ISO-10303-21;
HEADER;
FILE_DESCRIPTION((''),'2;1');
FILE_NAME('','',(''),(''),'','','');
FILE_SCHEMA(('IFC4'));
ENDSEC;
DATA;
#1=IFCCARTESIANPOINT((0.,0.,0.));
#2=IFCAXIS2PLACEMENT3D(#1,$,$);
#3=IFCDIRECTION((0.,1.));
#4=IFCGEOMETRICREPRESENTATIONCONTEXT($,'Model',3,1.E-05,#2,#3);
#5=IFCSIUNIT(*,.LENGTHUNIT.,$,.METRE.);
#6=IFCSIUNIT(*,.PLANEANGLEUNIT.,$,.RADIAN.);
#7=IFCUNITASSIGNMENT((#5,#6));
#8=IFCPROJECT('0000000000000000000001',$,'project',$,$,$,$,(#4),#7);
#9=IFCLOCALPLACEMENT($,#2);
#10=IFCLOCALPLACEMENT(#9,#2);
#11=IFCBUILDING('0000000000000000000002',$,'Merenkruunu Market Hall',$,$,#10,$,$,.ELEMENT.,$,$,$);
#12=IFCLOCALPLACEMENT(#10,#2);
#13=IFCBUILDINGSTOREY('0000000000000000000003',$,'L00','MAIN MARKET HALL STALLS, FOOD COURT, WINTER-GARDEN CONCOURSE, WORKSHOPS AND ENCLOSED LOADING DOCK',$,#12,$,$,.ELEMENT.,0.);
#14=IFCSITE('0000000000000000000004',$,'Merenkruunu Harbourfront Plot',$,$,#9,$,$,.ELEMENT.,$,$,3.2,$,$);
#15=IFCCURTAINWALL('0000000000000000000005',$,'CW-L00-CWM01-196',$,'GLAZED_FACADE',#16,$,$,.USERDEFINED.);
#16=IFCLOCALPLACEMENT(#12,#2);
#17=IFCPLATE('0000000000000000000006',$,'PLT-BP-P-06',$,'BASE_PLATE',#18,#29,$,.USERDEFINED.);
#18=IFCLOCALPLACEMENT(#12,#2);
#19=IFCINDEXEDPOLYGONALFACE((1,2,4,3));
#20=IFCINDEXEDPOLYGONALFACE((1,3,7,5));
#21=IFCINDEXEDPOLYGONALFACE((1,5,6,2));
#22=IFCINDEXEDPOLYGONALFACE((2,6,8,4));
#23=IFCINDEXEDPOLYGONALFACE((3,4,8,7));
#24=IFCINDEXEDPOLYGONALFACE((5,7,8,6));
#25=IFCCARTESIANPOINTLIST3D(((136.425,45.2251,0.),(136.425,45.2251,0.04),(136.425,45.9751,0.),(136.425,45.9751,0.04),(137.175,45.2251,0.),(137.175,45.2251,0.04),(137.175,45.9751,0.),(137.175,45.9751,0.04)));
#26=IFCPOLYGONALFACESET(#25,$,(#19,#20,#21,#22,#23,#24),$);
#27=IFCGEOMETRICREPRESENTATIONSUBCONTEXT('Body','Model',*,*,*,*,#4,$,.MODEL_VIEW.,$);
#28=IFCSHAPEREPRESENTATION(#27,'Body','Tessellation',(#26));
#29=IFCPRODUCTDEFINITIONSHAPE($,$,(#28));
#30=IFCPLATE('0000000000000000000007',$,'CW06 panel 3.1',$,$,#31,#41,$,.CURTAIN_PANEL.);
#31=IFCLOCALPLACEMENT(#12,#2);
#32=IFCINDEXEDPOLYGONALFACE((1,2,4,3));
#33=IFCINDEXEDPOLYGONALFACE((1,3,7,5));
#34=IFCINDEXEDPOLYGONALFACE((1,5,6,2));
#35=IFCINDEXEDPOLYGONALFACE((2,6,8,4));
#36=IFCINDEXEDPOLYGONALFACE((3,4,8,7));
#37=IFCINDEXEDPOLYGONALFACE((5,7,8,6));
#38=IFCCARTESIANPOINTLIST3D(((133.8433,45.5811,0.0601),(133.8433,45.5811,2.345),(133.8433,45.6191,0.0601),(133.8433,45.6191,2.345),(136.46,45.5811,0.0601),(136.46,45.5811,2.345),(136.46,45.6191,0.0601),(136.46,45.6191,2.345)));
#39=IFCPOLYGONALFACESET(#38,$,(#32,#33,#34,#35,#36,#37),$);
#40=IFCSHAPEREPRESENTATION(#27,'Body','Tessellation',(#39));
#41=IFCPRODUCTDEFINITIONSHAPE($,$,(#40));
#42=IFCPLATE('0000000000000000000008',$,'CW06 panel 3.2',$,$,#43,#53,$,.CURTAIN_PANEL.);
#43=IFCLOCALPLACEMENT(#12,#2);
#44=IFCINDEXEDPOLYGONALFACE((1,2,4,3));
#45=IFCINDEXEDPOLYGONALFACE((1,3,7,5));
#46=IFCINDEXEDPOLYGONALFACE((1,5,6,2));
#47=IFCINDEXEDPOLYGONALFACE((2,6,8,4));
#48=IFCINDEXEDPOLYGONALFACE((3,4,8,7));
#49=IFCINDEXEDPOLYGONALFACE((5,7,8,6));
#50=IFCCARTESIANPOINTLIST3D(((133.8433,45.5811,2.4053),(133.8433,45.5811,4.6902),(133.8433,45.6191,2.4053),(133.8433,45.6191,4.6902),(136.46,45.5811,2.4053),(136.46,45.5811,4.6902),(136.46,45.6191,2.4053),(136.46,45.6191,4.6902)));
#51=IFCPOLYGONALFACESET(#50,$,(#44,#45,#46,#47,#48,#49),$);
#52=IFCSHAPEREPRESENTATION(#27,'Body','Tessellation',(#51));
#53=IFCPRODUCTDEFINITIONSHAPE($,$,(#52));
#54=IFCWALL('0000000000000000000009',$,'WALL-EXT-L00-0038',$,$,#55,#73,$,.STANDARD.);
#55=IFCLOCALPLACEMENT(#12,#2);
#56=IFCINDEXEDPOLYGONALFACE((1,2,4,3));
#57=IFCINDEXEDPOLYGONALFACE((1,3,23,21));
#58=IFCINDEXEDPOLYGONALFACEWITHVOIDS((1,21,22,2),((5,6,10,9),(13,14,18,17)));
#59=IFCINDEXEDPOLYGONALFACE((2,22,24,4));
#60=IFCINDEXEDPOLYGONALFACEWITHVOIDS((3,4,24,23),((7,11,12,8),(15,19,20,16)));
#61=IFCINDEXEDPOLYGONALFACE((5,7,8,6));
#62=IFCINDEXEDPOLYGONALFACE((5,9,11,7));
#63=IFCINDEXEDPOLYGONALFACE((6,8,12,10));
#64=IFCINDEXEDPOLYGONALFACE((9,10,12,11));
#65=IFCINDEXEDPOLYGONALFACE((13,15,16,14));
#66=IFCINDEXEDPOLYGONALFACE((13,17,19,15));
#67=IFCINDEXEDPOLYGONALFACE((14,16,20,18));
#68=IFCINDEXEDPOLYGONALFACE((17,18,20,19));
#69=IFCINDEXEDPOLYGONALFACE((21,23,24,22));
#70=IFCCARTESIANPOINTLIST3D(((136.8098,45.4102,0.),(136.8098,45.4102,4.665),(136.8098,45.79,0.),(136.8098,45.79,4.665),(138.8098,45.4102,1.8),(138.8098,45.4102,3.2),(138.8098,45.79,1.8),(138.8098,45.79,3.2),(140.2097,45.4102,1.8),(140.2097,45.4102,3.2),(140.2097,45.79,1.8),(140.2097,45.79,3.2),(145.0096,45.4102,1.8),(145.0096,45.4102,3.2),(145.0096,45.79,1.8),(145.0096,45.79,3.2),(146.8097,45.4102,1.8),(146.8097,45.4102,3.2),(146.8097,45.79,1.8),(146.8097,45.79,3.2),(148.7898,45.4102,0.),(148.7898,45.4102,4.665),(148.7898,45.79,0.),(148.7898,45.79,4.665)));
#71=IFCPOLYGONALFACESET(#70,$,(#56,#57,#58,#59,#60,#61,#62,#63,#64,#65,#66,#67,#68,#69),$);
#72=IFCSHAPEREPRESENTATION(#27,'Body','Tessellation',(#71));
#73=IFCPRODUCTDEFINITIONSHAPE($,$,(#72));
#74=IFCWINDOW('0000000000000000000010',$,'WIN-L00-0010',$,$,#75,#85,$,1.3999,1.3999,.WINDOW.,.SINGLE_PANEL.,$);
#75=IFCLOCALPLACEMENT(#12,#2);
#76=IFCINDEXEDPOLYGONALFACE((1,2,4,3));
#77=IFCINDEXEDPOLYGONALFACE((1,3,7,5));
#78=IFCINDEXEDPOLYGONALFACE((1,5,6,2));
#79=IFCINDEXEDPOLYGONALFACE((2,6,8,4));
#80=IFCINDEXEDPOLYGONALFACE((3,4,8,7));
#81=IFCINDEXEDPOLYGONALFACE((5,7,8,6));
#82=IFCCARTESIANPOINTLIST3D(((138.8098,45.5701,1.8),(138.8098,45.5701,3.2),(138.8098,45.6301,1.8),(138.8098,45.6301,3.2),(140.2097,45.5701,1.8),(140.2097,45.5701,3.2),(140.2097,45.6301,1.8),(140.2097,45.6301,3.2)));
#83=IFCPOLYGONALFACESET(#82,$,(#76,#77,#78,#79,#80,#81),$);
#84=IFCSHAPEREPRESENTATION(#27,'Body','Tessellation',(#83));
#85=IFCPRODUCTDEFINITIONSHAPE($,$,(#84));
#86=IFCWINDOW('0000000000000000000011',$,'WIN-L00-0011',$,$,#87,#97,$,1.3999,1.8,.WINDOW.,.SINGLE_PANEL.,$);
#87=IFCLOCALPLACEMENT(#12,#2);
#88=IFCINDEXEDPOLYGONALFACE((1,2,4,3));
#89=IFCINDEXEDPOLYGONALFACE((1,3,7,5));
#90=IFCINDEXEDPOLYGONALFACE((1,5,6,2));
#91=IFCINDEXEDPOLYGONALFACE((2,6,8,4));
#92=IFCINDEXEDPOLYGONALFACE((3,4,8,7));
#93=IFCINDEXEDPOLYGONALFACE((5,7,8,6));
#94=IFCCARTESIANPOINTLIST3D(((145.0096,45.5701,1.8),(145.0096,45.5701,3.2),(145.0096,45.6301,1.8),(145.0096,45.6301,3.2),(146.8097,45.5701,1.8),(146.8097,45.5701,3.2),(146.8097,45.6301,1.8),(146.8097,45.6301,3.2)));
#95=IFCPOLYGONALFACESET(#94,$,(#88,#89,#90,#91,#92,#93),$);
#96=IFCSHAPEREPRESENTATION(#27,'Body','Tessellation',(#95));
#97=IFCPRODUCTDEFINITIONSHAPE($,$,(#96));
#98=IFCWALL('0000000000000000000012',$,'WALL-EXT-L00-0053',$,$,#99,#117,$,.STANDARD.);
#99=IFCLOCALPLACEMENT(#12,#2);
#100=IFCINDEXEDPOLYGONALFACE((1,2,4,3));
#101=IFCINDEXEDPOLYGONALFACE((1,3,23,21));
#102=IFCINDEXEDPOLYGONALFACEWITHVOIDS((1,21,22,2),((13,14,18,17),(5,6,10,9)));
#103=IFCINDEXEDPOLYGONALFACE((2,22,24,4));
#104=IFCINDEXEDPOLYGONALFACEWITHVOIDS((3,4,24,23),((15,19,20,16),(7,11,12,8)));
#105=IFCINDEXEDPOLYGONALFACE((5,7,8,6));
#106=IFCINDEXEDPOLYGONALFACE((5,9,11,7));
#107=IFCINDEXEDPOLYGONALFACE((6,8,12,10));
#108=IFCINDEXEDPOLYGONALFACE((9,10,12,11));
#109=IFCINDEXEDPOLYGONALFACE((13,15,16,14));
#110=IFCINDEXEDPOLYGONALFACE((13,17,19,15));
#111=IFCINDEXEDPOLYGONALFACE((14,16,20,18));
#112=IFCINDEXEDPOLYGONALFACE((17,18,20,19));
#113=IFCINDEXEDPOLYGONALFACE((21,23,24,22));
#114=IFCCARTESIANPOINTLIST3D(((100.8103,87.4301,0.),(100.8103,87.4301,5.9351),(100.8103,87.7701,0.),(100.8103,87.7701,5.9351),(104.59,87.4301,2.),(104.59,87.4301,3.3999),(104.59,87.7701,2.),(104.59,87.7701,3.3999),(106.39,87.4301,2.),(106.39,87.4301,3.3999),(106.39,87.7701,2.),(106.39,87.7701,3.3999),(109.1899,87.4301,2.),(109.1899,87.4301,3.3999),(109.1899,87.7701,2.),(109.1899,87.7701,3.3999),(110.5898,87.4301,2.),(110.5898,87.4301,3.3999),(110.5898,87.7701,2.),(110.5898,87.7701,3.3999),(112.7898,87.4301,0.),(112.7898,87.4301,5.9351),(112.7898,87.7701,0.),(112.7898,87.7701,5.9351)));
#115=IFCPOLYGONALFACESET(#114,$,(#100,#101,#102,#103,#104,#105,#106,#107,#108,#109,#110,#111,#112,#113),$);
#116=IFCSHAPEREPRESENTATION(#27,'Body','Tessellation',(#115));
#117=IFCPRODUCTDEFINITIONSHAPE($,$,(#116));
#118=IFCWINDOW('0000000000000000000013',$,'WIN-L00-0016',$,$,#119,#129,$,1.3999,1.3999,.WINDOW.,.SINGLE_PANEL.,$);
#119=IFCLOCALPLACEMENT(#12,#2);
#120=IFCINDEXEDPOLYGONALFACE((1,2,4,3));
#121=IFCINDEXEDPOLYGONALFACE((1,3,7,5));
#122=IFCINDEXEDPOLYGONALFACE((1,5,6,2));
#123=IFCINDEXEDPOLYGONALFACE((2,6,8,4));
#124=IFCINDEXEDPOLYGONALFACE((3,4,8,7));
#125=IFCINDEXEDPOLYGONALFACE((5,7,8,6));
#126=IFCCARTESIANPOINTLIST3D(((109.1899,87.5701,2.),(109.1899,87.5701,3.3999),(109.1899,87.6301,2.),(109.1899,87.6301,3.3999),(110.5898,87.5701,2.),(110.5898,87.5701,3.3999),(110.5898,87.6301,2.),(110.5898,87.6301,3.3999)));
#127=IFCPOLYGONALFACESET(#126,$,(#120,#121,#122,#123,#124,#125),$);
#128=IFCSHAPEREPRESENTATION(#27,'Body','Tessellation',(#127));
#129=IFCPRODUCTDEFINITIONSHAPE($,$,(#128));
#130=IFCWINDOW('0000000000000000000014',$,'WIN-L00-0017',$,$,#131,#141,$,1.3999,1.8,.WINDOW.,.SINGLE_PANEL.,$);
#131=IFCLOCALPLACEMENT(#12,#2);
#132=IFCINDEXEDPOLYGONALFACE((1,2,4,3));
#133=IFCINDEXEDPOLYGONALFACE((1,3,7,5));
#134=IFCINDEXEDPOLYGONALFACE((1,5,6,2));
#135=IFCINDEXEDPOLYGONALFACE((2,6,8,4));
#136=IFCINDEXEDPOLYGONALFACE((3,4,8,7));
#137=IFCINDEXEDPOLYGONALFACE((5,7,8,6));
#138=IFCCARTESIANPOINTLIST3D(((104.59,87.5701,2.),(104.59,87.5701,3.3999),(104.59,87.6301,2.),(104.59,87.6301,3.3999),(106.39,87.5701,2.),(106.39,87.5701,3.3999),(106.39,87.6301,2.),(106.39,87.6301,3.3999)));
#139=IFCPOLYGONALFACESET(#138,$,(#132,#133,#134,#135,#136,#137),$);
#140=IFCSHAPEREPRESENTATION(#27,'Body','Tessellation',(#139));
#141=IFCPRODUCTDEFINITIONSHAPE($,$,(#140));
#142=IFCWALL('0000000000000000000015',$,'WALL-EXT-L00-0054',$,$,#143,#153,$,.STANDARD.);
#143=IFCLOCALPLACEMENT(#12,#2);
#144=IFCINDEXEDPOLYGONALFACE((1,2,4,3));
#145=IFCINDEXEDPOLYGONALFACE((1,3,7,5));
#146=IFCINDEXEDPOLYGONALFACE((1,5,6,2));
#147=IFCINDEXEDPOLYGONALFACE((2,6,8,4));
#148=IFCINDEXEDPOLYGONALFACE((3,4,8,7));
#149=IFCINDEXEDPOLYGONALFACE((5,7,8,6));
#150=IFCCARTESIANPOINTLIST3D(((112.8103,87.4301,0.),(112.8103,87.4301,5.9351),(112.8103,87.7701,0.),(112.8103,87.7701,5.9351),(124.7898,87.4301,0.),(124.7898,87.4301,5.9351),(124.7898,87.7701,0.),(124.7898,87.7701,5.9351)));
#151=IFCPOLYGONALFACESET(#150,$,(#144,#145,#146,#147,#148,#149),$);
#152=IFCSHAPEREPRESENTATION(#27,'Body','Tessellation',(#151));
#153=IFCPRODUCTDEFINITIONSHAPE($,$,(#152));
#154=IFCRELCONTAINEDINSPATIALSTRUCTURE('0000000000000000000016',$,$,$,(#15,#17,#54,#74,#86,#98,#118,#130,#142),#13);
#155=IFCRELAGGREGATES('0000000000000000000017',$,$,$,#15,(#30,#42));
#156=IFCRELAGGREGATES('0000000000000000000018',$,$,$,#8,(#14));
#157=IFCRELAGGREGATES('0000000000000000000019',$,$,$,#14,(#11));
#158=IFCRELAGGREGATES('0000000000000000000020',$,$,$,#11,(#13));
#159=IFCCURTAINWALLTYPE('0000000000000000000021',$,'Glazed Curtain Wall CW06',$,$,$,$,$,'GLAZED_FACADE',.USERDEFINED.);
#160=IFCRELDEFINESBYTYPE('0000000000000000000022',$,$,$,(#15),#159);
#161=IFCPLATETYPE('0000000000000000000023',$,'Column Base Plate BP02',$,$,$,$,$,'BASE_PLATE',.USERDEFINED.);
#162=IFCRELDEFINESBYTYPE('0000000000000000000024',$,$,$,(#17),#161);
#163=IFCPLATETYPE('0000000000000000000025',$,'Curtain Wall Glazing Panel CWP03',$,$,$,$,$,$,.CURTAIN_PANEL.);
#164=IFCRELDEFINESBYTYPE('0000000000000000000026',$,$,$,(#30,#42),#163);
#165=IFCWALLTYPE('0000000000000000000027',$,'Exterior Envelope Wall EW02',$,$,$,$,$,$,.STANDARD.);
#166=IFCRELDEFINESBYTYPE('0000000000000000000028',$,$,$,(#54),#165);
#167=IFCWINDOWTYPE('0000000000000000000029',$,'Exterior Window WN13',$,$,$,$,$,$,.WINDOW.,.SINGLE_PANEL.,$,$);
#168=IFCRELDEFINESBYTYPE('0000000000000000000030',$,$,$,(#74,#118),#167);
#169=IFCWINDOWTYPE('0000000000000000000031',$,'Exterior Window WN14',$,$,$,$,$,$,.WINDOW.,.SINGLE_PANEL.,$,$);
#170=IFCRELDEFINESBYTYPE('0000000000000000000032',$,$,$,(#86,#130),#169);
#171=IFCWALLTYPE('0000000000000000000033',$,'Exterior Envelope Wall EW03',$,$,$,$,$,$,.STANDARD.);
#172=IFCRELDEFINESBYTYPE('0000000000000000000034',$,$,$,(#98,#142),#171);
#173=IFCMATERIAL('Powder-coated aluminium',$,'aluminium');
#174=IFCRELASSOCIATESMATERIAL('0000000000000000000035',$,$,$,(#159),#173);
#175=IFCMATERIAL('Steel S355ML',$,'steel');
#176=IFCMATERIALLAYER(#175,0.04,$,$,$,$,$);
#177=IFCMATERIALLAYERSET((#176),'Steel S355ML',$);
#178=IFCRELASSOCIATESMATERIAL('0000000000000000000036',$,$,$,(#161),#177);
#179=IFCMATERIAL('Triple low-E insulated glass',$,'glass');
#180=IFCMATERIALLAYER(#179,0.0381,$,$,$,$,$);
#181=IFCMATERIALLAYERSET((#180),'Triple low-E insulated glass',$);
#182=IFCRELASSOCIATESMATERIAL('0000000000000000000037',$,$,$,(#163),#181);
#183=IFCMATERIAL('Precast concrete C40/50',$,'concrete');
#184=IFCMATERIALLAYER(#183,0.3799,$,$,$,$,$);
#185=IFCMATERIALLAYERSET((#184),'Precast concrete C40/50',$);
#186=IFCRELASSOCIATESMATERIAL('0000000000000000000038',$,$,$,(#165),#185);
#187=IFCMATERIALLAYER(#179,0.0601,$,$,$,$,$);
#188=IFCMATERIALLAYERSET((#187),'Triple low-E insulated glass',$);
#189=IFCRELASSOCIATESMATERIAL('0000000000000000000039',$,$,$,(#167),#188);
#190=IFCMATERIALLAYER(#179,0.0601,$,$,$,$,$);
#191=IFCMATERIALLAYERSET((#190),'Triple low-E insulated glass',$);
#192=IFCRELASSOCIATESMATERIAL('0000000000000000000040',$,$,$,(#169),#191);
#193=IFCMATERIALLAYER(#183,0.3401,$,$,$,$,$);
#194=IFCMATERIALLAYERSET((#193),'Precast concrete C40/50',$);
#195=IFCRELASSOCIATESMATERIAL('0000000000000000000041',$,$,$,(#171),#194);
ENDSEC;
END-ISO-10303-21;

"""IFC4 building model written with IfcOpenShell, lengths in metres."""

from ifc_helpers import new_model, si_unit, direction, frame, frame_2d, origin, origin_2d, place, context, subcontext, project, spatial, rectangle, extrude, material, layer, layer_set, type_object, element, fill, aggregate, save


model = new_model("IFC4")

# Units and contexts
model_context = context("Model", 3, precision=1e-05, world=origin(), true_north=direction((0.0, 1.0)))
body_context = subcontext(model_context, "Body", "Model", "MODEL_VIEW")
ifc_project = project(units=[si_unit("LENGTHUNIT", "METRE"), si_unit("PLANEANGLEUNIT", "RADIAN")], contexts=[model_context])

# Site, building, storey
site_placement = place(None, origin())
site = spatial("IfcSite", under=ifc_project, at=site_placement, Name="Merenkruunu Harbourfront Plot", CompositionType="ELEMENT", RefElevation=3.2)
building_placement = place(site_placement, origin())
building = spatial("IfcBuilding", under=site, at=building_placement, Name="Merenkruunu Market Hall", CompositionType="ELEMENT")
storey_placement = place(building_placement, origin())
storey = spatial("IfcBuildingStorey", under=building, at=storey_placement, Name="L00", Description="MAIN MARKET HALL STALLS, FOOD COURT, WINTER-GARDEN CONCOURSE, WORKSHOPS AND ENCLOSED LOADING DOCK", CompositionType="ELEMENT", Elevation=0.0)

# Curtain wall
ifc_material_1 = material(Name="Powder-coated aluminium", Category="aluminium")
curtain_wall_type = type_object("IfcCurtainWallType", Name="Glazed Curtain Wall CW06", ElementType="GLAZED_FACADE", PredefinedType="USERDEFINED", material=ifc_material_1)
curtain_wall_placement = place(storey_placement, origin())
curtain_wall = element("IfcCurtainWall", 1, at=curtain_wall_placement, inside=storey, type_object=curtain_wall_type, Name="CW-L00-CWM01-196", ObjectType="GLAZED_FACADE", PredefinedType="USERDEFINED")

# Plate
ifc_material_2 = material(Name="Steel S355ML", Category="steel")
ifc_layer_1 = layer(ifc_material_2, 0.04)
ifc_layer_set_1 = layer_set([ifc_layer_1], Name="Steel S355ML")
plate_type_1 = type_object("IfcPlateType", Name="Column Base Plate BP02", ElementType="BASE_PLATE", PredefinedType="USERDEFINED", material=ifc_layer_set_1)
for number, where, z_axis, x_axis, name in (
    (2, (136.8, 45.6001, 0.0), (0.0, 0.0, 1.0), (1.0, 0.0, 0.0), "PLT-BP-P-06"),
):
    element("IfcPlate", number, at=place(storey_placement, frame(where, z_axis=z_axis, x_axis=x_axis)), inside=storey, type_object=plate_type_1, Name=name, ObjectType="BASE_PLATE", PredefinedType="USERDEFINED", context=body_context, shape_type="SweptSolid", body=[
        extrude(rectangle(XDim=0.75, YDim=0.75, at=origin_2d()), origin(), (0.0, 0.0, 1.0), 0.04),
    ])

# Plates
ifc_material_3 = material(Name="Triple low-E insulated glass", Category="glass")
ifc_layer_2 = layer(ifc_material_3, 0.0381)
ifc_layer_set_2 = layer_set([ifc_layer_2], Name="Triple low-E insulated glass")
plate_type_2 = type_object("IfcPlateType", Name="Curtain Wall Glazing Panel CWP03", PredefinedType="CURTAIN_PANEL", material=ifc_layer_set_2)
plate_1_placement = place(storey_placement, frame((135.1516, 45.6001, 0.0601), z_axis=(0.0, 0.0, 1.0), x_axis=(1.0, 0.0, 0.0)))
plate_1 = element("IfcPlate", 3, at=plate_1_placement, type_object=plate_type_2, Name="CW06 panel 3.1", PredefinedType="CURTAIN_PANEL", context=body_context, shape_type="SweptSolid", body=[
    extrude(rectangle(XDim=2.6167, YDim=0.0381, at=origin_2d()), origin(), (0.0, 0.0, 1.0), 2.2849),
])
plate_2_placement = place(storey_placement, frame((135.1516, 45.6001, 2.4053), z_axis=(0.0, 0.0, 1.0), x_axis=(1.0, 0.0, 0.0)))
plate_2 = element("IfcPlate", 4, at=plate_2_placement, type_object=plate_type_2, Name="CW06 panel 3.2", PredefinedType="CURTAIN_PANEL", context=body_context, shape_type="SweptSolid", body=[
    extrude(rectangle(XDim=2.6167, YDim=0.0381, at=origin_2d()), origin(), (0.0, 0.0, 1.0), 2.2849),
])
aggregate(curtain_wall, [plate_1, plate_2])

# Walls, openings, windows
ifc_material_4 = material(Name="Precast concrete C40/50", Category="concrete")
ifc_layer_3 = layer(ifc_material_4, 0.3799)
ifc_layer_set_3 = layer_set([ifc_layer_3], Name="Precast concrete C40/50")
wall_type_1 = type_object("IfcWallType", Name="Exterior Envelope Wall EW02", PredefinedType="STANDARD", material=ifc_layer_set_3)
wall_1_placement = place(storey_placement, frame((136.8098, 45.6001, 0.0), z_axis=(0.0, 0.0, 1.0), x_axis=(1.0, 0.0, 0.0)))
wall_1 = element("IfcWall", 5, at=wall_1_placement, inside=storey, type_object=wall_type_1, Name="WALL-EXT-L00-0038", PredefinedType="STANDARD", context=body_context, shape_type="SweptSolid", body=[
    extrude(rectangle(XDim=11.98, YDim=0.3799, at=frame_2d((5.99, 0.0))), origin(), (0.0, 0.0, 1.0), 4.665),
])
opening_1_placement = place(wall_1_placement, frame((2.0, 0.0, 1.8)))
opening_1 = element("IfcOpeningElement", 6, at=opening_1_placement, cuts=wall_1, PredefinedType="OPENING", context=body_context, shape_type="SweptSolid", body=[
    extrude(rectangle(XDim=1.3999, YDim=1.3999, at=frame_2d((0.7, 0.7))), frame((0.0, 0.2, 0.0), z_axis=(0.0, -1.0, 0.0), x_axis=(1.0, 0.0, 0.0)), (0.0, 0.0, 1.0), 0.3999),
])
opening_2_placement = place(wall_1_placement, frame((8.2, 0.0, 1.8)))
opening_2 = element("IfcOpeningElement", 7, at=opening_2_placement, cuts=wall_1, PredefinedType="OPENING", context=body_context, shape_type="SweptSolid", body=[
    extrude(rectangle(XDim=1.8, YDim=1.3999, at=frame_2d((0.8999, 0.7))), frame((0.0, 0.2, 0.0), z_axis=(0.0, -1.0, 0.0), x_axis=(1.0, 0.0, 0.0)), (0.0, 0.0, 1.0), 0.3999),
])
ifc_layer_4 = layer(ifc_material_3, 0.0601)
ifc_layer_set_4 = layer_set([ifc_layer_4], Name="Triple low-E insulated glass")
window_type_1 = type_object("IfcWindowType", Name="Exterior Window WN13", PartitioningType="SINGLE_PANEL", PredefinedType="WINDOW", material=ifc_layer_set_4)
window_1_placement = place(opening_1_placement, origin())
window_1 = element("IfcWindow", 8, at=window_1_placement, inside=storey, type_object=window_type_1, Name="WIN-L00-0010", OverallHeight=1.3999, OverallWidth=1.3999, PartitioningType="SINGLE_PANEL", PredefinedType="WINDOW", context=body_context, shape_type="SweptSolid", body=[
    extrude(rectangle(XDim=1.3999, YDim=1.3999, at=frame_2d((0.7, 0.7))), frame((0.0, 0.03, 0.0), z_axis=(0.0, -1.0, 0.0), x_axis=(1.0, 0.0, 0.0)), (0.0, 0.0, 1.0), 0.0601),
])
fill(opening_1, window_1)
ifc_layer_5 = layer(ifc_material_3, 0.0601)
ifc_layer_set_5 = layer_set([ifc_layer_5], Name="Triple low-E insulated glass")
window_type_2 = type_object("IfcWindowType", Name="Exterior Window WN14", PartitioningType="SINGLE_PANEL", PredefinedType="WINDOW", material=ifc_layer_set_5)
window_2_placement = place(opening_2_placement, origin())
window_2 = element("IfcWindow", 9, at=window_2_placement, inside=storey, type_object=window_type_2, Name="WIN-L00-0011", OverallHeight=1.3999, OverallWidth=1.8, PartitioningType="SINGLE_PANEL", PredefinedType="WINDOW", context=body_context, shape_type="SweptSolid", body=[
    extrude(rectangle(XDim=1.8, YDim=1.3999, at=frame_2d((0.8999, 0.7))), frame((0.0, 0.03, 0.0), z_axis=(0.0, -1.0, 0.0), x_axis=(1.0, 0.0, 0.0)), (0.0, 0.0, 1.0), 0.0601),
])
fill(opening_2, window_2)
ifc_layer_6 = layer(ifc_material_4, 0.3401)
ifc_layer_set_6 = layer_set([ifc_layer_6], Name="Precast concrete C40/50")
wall_type_2 = type_object("IfcWallType", Name="Exterior Envelope Wall EW03", PredefinedType="STANDARD", material=ifc_layer_set_6)
wall_2_placement = place(storey_placement, frame((112.7898, 87.6001, 0.0), z_axis=(0.0, 0.0, 1.0), x_axis=(-1.0, 0.0, 0.0)))
wall_2 = element("IfcWall", 10, at=wall_2_placement, inside=storey, type_object=wall_type_2, Name="WALL-EXT-L00-0053", PredefinedType="STANDARD", context=body_context, shape_type="SweptSolid", body=[
    extrude(rectangle(XDim=11.9795, YDim=0.3401, at=frame_2d((5.9897, 0.0))), origin(), (0.0, 0.0, 1.0), 5.9351),
])
opening_3_placement = place(wall_2_placement, frame((2.2, 0.0, 2.0)))
opening_3 = element("IfcOpeningElement", 11, at=opening_3_placement, cuts=wall_2, PredefinedType="OPENING", context=body_context, shape_type="SweptSolid", body=[
    extrude(rectangle(XDim=1.3999, YDim=1.3999, at=frame_2d((0.7, 0.7))), frame((0.0, 0.1802, 0.0), z_axis=(0.0, -1.0, 0.0), x_axis=(1.0, 0.0, 0.0)), (0.0, 0.0, 1.0), 0.3601),
])
opening_4_placement = place(wall_2_placement, frame((6.3999, 0.0, 2.0)))
opening_4 = element("IfcOpeningElement", 12, at=opening_4_placement, cuts=wall_2, PredefinedType="OPENING", context=body_context, shape_type="SweptSolid", body=[
    extrude(rectangle(XDim=1.8, YDim=1.3999, at=frame_2d((0.8999, 0.7))), frame((0.0, 0.1802, 0.0), z_axis=(0.0, -1.0, 0.0), x_axis=(1.0, 0.0, 0.0)), (0.0, 0.0, 1.0), 0.3601),
])
window_3_placement = place(opening_3_placement, origin())
window_3 = element("IfcWindow", 13, at=window_3_placement, inside=storey, type_object=window_type_1, Name="WIN-L00-0016", OverallHeight=1.3999, OverallWidth=1.3999, PartitioningType="SINGLE_PANEL", PredefinedType="WINDOW", context=body_context, shape_type="SweptSolid", body=[
    extrude(rectangle(XDim=1.3999, YDim=1.3999, at=frame_2d((0.7, 0.7))), frame((0.0, 0.03, 0.0), z_axis=(0.0, -1.0, 0.0), x_axis=(1.0, 0.0, 0.0)), (0.0, 0.0, 1.0), 0.0601),
])
fill(opening_3, window_3)
window_4_placement = place(opening_4_placement, origin())
window_4 = element("IfcWindow", 14, at=window_4_placement, inside=storey, type_object=window_type_2, Name="WIN-L00-0017", OverallHeight=1.3999, OverallWidth=1.8, PartitioningType="SINGLE_PANEL", PredefinedType="WINDOW", context=body_context, shape_type="SweptSolid", body=[
    extrude(rectangle(XDim=1.8, YDim=1.3999, at=frame_2d((0.8999, 0.7))), frame((0.0, 0.03, 0.0), z_axis=(0.0, -1.0, 0.0), x_axis=(1.0, 0.0, 0.0)), (0.0, 0.0, 1.0), 0.0601),
])
fill(opening_4, window_4)

# Wall
wall_3_placement = place(storey_placement, frame((124.7898, 87.6001, 0.0), z_axis=(0.0, 0.0, 1.0), x_axis=(-1.0, 0.0, 0.0)))
element("IfcWall", 15, at=wall_3_placement, inside=storey, type_object=wall_type_2, Name="WALL-EXT-L00-0054", PredefinedType="STANDARD", context=body_context, shape_type="SweptSolid", body=[
    extrude(rectangle(XDim=11.9795, YDim=0.3401, at=frame_2d((5.9897, 0.0))), origin(), (0.0, 0.0, 1.0), 5.9351),
])

save(model, "model.ifc")
